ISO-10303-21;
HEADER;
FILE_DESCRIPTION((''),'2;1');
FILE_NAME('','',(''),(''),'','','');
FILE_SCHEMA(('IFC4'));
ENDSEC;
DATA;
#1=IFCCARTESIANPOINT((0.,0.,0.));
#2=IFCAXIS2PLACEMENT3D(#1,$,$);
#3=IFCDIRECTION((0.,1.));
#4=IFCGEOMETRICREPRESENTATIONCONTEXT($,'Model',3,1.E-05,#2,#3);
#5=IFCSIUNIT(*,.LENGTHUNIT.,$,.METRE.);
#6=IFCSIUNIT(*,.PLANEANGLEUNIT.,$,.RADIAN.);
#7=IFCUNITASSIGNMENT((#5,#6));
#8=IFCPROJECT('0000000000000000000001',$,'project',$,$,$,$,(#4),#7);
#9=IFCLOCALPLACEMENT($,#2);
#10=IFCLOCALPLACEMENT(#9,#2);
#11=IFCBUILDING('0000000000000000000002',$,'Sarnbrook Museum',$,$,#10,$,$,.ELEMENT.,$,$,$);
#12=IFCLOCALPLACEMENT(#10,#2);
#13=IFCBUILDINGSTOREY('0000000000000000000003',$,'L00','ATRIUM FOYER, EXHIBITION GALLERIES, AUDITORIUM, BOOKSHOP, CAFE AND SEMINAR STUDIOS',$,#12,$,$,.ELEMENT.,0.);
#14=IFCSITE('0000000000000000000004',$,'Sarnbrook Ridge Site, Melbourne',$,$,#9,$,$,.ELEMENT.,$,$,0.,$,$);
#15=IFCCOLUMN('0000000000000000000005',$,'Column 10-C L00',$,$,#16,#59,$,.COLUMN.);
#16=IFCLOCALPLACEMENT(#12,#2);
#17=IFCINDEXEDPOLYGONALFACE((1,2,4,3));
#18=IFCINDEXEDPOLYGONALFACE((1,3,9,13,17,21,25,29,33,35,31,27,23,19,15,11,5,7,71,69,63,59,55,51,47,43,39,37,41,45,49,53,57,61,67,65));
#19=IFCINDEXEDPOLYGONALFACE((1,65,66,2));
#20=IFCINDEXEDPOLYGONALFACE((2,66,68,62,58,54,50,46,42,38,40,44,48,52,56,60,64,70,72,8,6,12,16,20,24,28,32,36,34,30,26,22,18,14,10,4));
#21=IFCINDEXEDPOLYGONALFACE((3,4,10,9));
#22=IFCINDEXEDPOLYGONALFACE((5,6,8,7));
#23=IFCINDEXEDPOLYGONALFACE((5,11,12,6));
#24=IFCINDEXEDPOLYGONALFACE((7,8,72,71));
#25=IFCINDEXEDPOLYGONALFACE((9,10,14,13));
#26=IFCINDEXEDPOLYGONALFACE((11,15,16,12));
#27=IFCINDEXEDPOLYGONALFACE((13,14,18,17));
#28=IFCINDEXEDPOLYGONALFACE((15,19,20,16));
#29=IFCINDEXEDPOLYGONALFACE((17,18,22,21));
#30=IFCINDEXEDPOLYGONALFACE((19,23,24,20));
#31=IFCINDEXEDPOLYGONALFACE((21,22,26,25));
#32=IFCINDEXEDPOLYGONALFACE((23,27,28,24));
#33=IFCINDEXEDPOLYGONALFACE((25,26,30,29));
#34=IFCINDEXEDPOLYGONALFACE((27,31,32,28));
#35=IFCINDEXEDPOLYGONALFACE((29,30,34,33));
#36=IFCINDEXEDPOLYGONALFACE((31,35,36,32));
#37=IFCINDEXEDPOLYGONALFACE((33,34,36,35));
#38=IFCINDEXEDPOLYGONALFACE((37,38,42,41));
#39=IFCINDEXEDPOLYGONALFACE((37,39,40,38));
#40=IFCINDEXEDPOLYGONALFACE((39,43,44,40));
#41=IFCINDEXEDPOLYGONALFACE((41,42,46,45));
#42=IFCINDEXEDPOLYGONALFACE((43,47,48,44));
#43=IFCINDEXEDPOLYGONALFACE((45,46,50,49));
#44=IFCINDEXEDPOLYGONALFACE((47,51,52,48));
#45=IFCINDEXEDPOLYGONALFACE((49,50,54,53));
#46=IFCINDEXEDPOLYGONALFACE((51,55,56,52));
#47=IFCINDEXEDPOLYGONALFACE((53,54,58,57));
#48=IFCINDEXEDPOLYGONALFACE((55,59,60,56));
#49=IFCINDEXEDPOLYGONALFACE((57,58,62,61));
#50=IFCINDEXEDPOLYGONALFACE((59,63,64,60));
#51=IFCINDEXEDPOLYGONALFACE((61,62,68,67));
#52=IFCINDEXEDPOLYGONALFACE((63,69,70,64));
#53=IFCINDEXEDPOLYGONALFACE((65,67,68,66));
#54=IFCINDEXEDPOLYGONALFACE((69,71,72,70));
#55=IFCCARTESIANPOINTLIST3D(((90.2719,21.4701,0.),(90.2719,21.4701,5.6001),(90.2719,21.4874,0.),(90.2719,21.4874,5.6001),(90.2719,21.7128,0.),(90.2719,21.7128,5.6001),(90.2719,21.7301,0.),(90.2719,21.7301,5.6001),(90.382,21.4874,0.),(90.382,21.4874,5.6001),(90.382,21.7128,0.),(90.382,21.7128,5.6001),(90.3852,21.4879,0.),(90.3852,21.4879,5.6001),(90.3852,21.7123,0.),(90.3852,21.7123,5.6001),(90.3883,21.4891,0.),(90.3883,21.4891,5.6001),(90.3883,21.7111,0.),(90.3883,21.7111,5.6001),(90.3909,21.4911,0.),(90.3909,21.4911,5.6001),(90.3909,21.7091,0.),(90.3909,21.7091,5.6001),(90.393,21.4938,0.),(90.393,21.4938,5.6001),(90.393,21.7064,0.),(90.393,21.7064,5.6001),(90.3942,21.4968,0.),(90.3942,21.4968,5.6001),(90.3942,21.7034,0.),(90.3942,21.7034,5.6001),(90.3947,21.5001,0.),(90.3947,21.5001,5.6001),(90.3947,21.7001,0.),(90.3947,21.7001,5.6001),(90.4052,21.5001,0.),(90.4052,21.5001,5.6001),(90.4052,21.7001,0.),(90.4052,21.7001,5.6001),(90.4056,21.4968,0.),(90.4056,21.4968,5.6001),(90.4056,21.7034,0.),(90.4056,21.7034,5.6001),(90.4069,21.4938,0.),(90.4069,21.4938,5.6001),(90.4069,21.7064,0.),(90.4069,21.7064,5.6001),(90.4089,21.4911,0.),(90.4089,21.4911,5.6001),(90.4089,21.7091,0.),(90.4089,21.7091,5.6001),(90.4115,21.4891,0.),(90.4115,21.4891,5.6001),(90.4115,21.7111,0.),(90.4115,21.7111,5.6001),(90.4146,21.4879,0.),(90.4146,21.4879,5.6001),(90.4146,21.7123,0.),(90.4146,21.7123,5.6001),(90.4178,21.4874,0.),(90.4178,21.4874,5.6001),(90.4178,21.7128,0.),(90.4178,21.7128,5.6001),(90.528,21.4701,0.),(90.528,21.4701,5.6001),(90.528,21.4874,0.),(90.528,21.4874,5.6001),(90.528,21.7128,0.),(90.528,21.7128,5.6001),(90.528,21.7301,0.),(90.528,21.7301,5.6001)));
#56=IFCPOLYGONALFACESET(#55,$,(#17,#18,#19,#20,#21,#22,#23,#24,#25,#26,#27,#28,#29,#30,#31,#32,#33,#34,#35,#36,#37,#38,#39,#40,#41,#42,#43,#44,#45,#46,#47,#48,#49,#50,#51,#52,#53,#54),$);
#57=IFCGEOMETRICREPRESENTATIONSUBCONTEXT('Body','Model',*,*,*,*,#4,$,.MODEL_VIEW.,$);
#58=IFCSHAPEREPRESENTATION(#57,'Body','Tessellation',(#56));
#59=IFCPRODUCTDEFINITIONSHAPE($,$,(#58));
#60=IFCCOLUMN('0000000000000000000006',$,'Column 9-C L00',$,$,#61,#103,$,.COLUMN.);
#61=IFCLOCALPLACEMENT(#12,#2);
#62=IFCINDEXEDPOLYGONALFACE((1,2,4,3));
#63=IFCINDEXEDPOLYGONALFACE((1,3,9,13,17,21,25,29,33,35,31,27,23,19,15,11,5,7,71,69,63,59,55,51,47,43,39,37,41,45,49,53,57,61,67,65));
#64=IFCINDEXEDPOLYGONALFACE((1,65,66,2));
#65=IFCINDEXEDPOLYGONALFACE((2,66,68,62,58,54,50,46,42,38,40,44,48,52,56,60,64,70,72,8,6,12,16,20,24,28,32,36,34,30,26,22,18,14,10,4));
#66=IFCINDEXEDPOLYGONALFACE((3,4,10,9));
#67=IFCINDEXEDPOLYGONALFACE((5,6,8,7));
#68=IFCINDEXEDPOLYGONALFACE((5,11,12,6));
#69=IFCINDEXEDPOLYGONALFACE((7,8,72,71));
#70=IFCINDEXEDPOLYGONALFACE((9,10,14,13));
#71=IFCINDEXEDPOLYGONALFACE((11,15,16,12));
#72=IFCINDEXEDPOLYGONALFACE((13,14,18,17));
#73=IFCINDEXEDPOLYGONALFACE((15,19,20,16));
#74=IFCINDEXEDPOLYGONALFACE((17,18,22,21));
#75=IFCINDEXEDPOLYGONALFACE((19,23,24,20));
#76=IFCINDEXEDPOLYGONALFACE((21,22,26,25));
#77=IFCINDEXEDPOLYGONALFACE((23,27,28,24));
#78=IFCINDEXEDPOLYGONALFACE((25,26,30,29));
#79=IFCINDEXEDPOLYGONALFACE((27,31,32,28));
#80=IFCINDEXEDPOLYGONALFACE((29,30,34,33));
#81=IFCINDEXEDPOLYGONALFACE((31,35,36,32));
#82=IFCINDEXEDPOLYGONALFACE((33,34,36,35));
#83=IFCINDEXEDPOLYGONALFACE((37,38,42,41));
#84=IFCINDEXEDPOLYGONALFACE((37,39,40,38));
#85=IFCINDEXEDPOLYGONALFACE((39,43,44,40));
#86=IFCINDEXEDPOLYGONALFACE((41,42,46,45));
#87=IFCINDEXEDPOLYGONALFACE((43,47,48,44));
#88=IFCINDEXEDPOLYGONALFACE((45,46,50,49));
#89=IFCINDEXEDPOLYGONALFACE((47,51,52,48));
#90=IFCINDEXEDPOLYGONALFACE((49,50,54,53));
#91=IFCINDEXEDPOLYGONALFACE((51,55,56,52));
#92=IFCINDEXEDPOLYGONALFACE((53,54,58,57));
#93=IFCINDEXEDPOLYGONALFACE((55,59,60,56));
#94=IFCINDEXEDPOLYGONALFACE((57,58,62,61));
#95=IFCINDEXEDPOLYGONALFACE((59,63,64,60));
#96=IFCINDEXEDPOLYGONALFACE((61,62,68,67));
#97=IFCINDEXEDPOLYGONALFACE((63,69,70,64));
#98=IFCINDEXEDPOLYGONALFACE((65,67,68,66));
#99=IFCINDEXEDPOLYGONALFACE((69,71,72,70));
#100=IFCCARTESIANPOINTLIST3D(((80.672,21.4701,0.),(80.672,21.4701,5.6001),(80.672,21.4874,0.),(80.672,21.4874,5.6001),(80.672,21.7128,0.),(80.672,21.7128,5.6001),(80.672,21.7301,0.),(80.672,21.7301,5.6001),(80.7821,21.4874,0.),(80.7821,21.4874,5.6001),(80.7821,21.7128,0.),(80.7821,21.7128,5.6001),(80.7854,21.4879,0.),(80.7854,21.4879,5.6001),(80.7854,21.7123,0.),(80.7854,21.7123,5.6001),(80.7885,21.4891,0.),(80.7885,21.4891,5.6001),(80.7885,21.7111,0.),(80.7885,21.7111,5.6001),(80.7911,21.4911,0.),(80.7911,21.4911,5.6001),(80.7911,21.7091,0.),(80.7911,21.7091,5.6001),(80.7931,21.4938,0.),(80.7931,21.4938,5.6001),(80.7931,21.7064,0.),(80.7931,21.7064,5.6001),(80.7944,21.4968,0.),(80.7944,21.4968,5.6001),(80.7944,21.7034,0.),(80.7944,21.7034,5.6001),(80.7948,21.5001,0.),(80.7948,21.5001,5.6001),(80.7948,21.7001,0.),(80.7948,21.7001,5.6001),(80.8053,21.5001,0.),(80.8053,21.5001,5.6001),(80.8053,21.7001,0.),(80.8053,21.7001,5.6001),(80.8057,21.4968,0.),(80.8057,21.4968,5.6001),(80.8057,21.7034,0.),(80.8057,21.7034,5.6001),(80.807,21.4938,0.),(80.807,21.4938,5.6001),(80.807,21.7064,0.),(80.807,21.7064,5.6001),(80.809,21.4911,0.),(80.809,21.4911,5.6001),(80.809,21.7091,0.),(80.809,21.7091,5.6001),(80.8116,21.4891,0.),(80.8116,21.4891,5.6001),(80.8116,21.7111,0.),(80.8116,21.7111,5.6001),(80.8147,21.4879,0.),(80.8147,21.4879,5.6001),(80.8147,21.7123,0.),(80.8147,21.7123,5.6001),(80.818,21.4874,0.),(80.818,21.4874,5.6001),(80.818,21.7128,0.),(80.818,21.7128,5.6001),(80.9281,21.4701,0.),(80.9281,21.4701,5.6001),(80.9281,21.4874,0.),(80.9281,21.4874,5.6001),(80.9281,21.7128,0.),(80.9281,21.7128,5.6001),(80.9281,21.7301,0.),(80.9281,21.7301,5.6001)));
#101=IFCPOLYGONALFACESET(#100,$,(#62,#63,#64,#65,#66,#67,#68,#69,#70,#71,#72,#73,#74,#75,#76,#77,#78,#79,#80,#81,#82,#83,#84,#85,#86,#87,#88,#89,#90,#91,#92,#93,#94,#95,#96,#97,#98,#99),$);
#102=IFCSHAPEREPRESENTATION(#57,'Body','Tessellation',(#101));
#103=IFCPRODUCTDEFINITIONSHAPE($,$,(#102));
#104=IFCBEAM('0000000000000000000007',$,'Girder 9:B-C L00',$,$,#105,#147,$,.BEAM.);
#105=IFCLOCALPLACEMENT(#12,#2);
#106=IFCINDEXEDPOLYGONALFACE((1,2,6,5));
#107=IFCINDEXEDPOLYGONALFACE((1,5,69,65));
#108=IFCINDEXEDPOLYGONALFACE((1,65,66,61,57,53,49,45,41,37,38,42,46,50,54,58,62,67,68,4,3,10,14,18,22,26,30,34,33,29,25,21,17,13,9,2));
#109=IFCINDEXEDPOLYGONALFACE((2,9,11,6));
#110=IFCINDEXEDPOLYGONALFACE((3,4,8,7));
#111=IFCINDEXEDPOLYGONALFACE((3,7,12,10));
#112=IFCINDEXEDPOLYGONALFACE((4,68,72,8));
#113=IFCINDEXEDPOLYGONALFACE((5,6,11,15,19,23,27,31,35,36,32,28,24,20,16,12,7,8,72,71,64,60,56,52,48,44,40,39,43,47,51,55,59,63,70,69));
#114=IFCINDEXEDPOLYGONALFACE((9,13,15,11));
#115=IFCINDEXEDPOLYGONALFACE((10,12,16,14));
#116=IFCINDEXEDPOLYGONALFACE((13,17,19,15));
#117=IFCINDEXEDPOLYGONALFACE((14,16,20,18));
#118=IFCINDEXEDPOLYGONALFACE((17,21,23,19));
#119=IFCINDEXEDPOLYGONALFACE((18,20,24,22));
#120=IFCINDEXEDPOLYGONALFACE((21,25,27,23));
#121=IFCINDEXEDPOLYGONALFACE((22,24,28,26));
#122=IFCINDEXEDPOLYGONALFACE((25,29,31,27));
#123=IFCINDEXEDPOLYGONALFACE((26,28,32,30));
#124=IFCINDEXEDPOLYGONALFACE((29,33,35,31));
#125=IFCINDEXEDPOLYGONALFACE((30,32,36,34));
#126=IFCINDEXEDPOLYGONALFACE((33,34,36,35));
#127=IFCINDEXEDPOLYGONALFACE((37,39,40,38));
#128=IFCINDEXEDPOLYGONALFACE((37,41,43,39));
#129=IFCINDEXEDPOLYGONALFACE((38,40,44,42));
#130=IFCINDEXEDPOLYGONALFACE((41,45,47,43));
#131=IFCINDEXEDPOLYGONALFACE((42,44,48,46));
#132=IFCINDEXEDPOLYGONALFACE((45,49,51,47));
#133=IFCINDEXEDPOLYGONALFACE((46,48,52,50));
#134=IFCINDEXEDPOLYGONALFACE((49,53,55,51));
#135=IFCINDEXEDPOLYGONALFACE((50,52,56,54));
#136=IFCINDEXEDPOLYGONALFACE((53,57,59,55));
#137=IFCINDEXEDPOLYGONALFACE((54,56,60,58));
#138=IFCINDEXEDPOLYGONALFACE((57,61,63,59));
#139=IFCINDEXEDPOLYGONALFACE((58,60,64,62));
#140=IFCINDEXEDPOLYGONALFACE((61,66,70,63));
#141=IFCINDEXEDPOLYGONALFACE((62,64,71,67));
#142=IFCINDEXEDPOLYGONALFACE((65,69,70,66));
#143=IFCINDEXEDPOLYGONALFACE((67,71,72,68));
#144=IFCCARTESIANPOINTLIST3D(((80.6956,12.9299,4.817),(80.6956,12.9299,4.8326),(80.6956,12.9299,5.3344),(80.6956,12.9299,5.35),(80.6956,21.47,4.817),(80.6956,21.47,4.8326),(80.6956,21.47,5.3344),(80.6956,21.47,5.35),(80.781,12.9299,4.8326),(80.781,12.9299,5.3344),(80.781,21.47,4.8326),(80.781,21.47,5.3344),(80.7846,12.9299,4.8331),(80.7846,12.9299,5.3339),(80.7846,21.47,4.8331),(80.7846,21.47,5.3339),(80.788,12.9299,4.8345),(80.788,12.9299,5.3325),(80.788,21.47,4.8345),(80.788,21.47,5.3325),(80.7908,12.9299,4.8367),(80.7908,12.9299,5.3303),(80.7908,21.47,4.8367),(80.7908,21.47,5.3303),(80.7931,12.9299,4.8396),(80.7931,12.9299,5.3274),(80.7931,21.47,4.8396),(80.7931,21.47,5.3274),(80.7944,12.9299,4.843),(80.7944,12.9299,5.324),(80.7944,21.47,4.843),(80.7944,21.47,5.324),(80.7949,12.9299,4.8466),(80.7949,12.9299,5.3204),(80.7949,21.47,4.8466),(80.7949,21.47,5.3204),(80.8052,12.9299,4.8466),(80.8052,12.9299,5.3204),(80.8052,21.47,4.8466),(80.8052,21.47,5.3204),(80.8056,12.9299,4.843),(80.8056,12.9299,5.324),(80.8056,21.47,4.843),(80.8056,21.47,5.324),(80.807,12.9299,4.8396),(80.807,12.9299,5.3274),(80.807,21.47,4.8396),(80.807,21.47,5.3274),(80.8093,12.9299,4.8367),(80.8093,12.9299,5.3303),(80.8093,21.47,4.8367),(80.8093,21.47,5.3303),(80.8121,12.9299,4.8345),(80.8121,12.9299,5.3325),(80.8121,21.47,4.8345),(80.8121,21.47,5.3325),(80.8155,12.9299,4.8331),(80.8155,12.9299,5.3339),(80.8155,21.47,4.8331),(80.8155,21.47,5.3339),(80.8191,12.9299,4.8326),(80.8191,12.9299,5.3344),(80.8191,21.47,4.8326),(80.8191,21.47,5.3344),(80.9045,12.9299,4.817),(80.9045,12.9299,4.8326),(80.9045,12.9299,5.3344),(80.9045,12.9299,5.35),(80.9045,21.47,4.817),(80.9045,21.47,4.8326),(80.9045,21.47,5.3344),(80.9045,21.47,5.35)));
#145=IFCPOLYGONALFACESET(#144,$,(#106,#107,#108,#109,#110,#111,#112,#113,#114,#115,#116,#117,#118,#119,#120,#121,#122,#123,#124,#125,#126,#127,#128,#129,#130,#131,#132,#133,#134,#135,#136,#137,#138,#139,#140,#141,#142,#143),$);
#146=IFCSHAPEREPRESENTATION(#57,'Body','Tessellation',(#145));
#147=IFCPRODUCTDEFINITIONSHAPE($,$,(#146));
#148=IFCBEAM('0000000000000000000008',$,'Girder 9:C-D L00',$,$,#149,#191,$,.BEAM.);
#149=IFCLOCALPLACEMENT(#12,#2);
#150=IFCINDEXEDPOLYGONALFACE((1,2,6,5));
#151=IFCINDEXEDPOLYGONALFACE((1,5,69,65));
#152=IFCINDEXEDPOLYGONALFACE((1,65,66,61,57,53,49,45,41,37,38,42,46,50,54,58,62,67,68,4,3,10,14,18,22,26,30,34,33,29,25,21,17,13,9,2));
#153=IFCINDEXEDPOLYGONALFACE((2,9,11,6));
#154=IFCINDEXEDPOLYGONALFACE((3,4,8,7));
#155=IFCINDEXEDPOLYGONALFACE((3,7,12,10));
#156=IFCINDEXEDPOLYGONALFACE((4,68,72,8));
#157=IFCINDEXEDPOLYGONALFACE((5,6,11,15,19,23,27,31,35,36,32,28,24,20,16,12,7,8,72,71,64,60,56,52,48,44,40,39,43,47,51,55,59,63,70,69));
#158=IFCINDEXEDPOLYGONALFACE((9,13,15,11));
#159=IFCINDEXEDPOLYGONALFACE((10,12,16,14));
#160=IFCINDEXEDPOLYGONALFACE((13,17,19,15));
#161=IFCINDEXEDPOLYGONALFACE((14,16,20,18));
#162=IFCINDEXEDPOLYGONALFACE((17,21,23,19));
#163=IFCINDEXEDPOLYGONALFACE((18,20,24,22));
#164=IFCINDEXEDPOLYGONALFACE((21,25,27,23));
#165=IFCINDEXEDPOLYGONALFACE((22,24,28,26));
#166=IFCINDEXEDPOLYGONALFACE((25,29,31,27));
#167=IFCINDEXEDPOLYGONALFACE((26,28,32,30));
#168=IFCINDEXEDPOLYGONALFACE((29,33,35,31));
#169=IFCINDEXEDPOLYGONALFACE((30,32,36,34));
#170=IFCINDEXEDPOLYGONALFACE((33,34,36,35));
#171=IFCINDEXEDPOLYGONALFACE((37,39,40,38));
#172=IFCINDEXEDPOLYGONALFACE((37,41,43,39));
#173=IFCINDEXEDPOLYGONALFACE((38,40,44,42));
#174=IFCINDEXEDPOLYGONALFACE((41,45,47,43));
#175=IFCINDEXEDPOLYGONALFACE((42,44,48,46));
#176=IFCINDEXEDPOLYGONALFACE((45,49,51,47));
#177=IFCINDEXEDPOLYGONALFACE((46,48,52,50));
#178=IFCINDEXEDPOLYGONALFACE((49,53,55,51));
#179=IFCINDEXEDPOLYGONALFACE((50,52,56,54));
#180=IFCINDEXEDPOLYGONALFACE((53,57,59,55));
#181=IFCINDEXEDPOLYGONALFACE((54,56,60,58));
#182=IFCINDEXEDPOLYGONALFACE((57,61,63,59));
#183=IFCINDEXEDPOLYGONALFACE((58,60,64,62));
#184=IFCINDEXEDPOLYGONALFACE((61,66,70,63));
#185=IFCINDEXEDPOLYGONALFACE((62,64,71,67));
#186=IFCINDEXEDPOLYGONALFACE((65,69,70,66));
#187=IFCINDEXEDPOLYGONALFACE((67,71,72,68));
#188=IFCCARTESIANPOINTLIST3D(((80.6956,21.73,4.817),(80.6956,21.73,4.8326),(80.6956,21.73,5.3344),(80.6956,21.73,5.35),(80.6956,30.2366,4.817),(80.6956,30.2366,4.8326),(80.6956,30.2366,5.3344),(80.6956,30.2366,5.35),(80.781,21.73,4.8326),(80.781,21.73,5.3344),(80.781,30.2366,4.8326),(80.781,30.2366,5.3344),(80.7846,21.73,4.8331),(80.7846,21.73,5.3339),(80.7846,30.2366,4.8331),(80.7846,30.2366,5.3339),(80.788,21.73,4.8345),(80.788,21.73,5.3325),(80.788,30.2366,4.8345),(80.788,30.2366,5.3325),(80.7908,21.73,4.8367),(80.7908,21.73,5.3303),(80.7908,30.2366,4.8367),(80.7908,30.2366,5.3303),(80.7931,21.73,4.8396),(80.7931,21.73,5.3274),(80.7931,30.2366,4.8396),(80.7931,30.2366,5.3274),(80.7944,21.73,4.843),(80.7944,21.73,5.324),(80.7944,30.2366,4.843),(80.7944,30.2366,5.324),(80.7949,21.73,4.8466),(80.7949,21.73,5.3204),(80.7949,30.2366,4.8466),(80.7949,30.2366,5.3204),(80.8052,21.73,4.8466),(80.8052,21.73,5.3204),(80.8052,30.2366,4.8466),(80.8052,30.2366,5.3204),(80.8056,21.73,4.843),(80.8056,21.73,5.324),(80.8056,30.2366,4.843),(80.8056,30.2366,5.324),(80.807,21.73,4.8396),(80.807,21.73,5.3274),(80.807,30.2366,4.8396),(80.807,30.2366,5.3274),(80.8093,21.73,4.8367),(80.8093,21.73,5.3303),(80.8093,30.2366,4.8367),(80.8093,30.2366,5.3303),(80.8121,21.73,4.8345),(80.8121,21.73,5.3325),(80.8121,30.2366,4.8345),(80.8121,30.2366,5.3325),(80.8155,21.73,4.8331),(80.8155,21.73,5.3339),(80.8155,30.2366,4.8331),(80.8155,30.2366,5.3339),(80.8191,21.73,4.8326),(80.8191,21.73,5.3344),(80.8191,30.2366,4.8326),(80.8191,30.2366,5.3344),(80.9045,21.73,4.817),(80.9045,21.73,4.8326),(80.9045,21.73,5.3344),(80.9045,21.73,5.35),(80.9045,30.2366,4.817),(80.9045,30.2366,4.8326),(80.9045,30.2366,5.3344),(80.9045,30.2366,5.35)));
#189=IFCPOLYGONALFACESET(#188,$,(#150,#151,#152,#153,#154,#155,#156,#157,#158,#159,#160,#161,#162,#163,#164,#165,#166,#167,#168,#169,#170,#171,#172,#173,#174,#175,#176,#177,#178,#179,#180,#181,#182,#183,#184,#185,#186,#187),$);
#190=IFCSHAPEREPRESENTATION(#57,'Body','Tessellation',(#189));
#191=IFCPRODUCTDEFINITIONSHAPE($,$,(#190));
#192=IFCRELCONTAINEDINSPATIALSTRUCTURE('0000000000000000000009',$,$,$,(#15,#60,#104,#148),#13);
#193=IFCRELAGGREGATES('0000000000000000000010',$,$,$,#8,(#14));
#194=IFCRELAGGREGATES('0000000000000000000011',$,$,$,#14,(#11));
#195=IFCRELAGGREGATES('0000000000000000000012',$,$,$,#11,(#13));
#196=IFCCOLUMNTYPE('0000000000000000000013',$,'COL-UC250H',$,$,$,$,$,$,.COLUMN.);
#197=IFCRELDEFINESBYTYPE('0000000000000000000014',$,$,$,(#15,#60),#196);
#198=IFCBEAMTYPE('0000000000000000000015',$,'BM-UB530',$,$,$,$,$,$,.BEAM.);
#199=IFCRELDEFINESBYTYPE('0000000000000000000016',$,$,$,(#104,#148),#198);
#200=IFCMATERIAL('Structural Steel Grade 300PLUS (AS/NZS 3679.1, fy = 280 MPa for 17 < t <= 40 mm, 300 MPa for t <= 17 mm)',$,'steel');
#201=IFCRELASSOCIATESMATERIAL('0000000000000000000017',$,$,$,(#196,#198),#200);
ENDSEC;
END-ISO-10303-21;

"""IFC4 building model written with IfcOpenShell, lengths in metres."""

from ifc_helpers import new_model, si_unit, direction, frame, origin, origin_2d, place, context, subcontext, project, spatial, i_section, extrude, material, material_profile, profile_set, type_object, element, save


model = new_model("IFC4")

# Units and contexts
model_context = context("Model", 3, precision=1e-05, world=origin(), true_north=direction((0.0, 1.0)))
body_context = subcontext(model_context, "Body", "Model", "MODEL_VIEW")
ifc_project = project(units=[si_unit("LENGTHUNIT", "METRE"), si_unit("PLANEANGLEUNIT", "RADIAN")], contexts=[model_context])

# Site, building, storey
site_placement = place(None, origin())
site = spatial("IfcSite", under=ifc_project, at=site_placement, Name="Sarnbrook Ridge Site, Melbourne", CompositionType="ELEMENT", RefElevation=0.0)
building_placement = place(site_placement, origin())
building = spatial("IfcBuilding", under=site, at=building_placement, Name="Sarnbrook Museum", CompositionType="ELEMENT")
storey_placement = place(building_placement, origin())
storey = spatial("IfcBuildingStorey", under=building, at=storey_placement, Name="L00", Description="ATRIUM FOYER, EXHIBITION GALLERIES, AUDITORIUM, BOOKSHOP, CAFE AND SEMINAR STUDIOS", CompositionType="ELEMENT", Elevation=0.0)

# Columns
ifc_material_1 = material(Name="Structural Steel Grade 300PLUS (AS/NZS 3679.1, fy = 280 MPa for 17 < t <= 40 mm, 300 MPa for t <= 17 mm)", Category="steel")
ifc_material_profile_1 = material_profile(ifc_material_1, i_section(OverallWidth=0.2561, OverallDepth=0.26, WebThickness=0.0105, FlangeThickness=0.0173, FilletRadius=0.0127, at=origin_2d()), Name="250UC89.5")
ifc_profile_set_1 = profile_set([ifc_material_profile_1], Name="Structural Steel Grade 300PLUS (AS/NZS 3679.1, fy = 280 MPa for 17 < t <= 40 mm, 300 MPa for t <= 17 mm)")
column_type = type_object("IfcColumnType", Name="COL-UC250H", PredefinedType="COLUMN", material=ifc_profile_set_1)
for number, where, z_axis, x_axis, name in (
    (1, (90.3999, 21.6001, 0.0), (0.0, 0.0, 1.0), (1.0, 0.0, 0.0), "Column 10-C L00"),
    (2, (80.8, 21.6001, 0.0), (0.0, 0.0, 1.0), (1.0, 0.0, 0.0), "Column 9-C L00"),
):
    element("IfcColumn", number, at=place(storey_placement, frame(where, z_axis=z_axis, x_axis=x_axis)), inside=storey, type_object=column_type, Name=name, PredefinedType="COLUMN", context=body_context, shape_type="SweptSolid", body=[
        extrude(i_section(OverallWidth=0.2561, OverallDepth=0.26, WebThickness=0.0105, FlangeThickness=0.0173, FilletRadius=0.0127, at=origin_2d()), origin(), (0.0, 0.0, 1.0), 5.6001),
    ])

# Beams
ifc_material_profile_2 = material_profile(ifc_material_1, i_section(OverallWidth=0.209, OverallDepth=0.533, WebThickness=0.0103, FlangeThickness=0.0156, FilletRadius=0.0139, at=origin_2d()), Name="530UB92.4")
ifc_profile_set_2 = profile_set([ifc_material_profile_2], Name="Structural Steel Grade 300PLUS (AS/NZS 3679.1, fy = 280 MPa for 17 < t <= 40 mm, 300 MPa for t <= 17 mm)")
beam_type_1 = type_object("IfcBeamType", Name="BM-UB530", PredefinedType="BEAM", material=ifc_profile_set_2)
beam_1_placement = place(storey_placement, frame((80.8, 12.9299, 5.0835), z_axis=(0.0, 1.0, 0.0), x_axis=(-1.0, 0.0, 0.0)))
element("IfcBeam", 3, at=beam_1_placement, inside=storey, type_object=beam_type_1, Name="Girder 9:B-C L00", PredefinedType="BEAM", context=body_context, shape_type="SweptSolid", body=[
    extrude(i_section(OverallWidth=0.209, OverallDepth=0.533, WebThickness=0.0103, FlangeThickness=0.0156, FilletRadius=0.0139, at=origin_2d()), origin(), (0.0, 0.0, 1.0), 8.54),
])
beam_2_placement = place(storey_placement, frame((80.8, 21.73, 5.0835), z_axis=(0.0, 1.0, 0.0), x_axis=(-1.0, 0.0, 0.0)))
element("IfcBeam", 4, at=beam_2_placement, inside=storey, type_object=beam_type_1, Name="Girder 9:C-D L00", PredefinedType="BEAM", context=body_context, shape_type="SweptSolid", body=[
    extrude(i_section(OverallWidth=0.209, OverallDepth=0.533, WebThickness=0.0103, FlangeThickness=0.0156, FilletRadius=0.0139, at=origin_2d()), origin(), (0.0, 0.0, 1.0), 8.5066),
])

save(model, "model.ifc")
